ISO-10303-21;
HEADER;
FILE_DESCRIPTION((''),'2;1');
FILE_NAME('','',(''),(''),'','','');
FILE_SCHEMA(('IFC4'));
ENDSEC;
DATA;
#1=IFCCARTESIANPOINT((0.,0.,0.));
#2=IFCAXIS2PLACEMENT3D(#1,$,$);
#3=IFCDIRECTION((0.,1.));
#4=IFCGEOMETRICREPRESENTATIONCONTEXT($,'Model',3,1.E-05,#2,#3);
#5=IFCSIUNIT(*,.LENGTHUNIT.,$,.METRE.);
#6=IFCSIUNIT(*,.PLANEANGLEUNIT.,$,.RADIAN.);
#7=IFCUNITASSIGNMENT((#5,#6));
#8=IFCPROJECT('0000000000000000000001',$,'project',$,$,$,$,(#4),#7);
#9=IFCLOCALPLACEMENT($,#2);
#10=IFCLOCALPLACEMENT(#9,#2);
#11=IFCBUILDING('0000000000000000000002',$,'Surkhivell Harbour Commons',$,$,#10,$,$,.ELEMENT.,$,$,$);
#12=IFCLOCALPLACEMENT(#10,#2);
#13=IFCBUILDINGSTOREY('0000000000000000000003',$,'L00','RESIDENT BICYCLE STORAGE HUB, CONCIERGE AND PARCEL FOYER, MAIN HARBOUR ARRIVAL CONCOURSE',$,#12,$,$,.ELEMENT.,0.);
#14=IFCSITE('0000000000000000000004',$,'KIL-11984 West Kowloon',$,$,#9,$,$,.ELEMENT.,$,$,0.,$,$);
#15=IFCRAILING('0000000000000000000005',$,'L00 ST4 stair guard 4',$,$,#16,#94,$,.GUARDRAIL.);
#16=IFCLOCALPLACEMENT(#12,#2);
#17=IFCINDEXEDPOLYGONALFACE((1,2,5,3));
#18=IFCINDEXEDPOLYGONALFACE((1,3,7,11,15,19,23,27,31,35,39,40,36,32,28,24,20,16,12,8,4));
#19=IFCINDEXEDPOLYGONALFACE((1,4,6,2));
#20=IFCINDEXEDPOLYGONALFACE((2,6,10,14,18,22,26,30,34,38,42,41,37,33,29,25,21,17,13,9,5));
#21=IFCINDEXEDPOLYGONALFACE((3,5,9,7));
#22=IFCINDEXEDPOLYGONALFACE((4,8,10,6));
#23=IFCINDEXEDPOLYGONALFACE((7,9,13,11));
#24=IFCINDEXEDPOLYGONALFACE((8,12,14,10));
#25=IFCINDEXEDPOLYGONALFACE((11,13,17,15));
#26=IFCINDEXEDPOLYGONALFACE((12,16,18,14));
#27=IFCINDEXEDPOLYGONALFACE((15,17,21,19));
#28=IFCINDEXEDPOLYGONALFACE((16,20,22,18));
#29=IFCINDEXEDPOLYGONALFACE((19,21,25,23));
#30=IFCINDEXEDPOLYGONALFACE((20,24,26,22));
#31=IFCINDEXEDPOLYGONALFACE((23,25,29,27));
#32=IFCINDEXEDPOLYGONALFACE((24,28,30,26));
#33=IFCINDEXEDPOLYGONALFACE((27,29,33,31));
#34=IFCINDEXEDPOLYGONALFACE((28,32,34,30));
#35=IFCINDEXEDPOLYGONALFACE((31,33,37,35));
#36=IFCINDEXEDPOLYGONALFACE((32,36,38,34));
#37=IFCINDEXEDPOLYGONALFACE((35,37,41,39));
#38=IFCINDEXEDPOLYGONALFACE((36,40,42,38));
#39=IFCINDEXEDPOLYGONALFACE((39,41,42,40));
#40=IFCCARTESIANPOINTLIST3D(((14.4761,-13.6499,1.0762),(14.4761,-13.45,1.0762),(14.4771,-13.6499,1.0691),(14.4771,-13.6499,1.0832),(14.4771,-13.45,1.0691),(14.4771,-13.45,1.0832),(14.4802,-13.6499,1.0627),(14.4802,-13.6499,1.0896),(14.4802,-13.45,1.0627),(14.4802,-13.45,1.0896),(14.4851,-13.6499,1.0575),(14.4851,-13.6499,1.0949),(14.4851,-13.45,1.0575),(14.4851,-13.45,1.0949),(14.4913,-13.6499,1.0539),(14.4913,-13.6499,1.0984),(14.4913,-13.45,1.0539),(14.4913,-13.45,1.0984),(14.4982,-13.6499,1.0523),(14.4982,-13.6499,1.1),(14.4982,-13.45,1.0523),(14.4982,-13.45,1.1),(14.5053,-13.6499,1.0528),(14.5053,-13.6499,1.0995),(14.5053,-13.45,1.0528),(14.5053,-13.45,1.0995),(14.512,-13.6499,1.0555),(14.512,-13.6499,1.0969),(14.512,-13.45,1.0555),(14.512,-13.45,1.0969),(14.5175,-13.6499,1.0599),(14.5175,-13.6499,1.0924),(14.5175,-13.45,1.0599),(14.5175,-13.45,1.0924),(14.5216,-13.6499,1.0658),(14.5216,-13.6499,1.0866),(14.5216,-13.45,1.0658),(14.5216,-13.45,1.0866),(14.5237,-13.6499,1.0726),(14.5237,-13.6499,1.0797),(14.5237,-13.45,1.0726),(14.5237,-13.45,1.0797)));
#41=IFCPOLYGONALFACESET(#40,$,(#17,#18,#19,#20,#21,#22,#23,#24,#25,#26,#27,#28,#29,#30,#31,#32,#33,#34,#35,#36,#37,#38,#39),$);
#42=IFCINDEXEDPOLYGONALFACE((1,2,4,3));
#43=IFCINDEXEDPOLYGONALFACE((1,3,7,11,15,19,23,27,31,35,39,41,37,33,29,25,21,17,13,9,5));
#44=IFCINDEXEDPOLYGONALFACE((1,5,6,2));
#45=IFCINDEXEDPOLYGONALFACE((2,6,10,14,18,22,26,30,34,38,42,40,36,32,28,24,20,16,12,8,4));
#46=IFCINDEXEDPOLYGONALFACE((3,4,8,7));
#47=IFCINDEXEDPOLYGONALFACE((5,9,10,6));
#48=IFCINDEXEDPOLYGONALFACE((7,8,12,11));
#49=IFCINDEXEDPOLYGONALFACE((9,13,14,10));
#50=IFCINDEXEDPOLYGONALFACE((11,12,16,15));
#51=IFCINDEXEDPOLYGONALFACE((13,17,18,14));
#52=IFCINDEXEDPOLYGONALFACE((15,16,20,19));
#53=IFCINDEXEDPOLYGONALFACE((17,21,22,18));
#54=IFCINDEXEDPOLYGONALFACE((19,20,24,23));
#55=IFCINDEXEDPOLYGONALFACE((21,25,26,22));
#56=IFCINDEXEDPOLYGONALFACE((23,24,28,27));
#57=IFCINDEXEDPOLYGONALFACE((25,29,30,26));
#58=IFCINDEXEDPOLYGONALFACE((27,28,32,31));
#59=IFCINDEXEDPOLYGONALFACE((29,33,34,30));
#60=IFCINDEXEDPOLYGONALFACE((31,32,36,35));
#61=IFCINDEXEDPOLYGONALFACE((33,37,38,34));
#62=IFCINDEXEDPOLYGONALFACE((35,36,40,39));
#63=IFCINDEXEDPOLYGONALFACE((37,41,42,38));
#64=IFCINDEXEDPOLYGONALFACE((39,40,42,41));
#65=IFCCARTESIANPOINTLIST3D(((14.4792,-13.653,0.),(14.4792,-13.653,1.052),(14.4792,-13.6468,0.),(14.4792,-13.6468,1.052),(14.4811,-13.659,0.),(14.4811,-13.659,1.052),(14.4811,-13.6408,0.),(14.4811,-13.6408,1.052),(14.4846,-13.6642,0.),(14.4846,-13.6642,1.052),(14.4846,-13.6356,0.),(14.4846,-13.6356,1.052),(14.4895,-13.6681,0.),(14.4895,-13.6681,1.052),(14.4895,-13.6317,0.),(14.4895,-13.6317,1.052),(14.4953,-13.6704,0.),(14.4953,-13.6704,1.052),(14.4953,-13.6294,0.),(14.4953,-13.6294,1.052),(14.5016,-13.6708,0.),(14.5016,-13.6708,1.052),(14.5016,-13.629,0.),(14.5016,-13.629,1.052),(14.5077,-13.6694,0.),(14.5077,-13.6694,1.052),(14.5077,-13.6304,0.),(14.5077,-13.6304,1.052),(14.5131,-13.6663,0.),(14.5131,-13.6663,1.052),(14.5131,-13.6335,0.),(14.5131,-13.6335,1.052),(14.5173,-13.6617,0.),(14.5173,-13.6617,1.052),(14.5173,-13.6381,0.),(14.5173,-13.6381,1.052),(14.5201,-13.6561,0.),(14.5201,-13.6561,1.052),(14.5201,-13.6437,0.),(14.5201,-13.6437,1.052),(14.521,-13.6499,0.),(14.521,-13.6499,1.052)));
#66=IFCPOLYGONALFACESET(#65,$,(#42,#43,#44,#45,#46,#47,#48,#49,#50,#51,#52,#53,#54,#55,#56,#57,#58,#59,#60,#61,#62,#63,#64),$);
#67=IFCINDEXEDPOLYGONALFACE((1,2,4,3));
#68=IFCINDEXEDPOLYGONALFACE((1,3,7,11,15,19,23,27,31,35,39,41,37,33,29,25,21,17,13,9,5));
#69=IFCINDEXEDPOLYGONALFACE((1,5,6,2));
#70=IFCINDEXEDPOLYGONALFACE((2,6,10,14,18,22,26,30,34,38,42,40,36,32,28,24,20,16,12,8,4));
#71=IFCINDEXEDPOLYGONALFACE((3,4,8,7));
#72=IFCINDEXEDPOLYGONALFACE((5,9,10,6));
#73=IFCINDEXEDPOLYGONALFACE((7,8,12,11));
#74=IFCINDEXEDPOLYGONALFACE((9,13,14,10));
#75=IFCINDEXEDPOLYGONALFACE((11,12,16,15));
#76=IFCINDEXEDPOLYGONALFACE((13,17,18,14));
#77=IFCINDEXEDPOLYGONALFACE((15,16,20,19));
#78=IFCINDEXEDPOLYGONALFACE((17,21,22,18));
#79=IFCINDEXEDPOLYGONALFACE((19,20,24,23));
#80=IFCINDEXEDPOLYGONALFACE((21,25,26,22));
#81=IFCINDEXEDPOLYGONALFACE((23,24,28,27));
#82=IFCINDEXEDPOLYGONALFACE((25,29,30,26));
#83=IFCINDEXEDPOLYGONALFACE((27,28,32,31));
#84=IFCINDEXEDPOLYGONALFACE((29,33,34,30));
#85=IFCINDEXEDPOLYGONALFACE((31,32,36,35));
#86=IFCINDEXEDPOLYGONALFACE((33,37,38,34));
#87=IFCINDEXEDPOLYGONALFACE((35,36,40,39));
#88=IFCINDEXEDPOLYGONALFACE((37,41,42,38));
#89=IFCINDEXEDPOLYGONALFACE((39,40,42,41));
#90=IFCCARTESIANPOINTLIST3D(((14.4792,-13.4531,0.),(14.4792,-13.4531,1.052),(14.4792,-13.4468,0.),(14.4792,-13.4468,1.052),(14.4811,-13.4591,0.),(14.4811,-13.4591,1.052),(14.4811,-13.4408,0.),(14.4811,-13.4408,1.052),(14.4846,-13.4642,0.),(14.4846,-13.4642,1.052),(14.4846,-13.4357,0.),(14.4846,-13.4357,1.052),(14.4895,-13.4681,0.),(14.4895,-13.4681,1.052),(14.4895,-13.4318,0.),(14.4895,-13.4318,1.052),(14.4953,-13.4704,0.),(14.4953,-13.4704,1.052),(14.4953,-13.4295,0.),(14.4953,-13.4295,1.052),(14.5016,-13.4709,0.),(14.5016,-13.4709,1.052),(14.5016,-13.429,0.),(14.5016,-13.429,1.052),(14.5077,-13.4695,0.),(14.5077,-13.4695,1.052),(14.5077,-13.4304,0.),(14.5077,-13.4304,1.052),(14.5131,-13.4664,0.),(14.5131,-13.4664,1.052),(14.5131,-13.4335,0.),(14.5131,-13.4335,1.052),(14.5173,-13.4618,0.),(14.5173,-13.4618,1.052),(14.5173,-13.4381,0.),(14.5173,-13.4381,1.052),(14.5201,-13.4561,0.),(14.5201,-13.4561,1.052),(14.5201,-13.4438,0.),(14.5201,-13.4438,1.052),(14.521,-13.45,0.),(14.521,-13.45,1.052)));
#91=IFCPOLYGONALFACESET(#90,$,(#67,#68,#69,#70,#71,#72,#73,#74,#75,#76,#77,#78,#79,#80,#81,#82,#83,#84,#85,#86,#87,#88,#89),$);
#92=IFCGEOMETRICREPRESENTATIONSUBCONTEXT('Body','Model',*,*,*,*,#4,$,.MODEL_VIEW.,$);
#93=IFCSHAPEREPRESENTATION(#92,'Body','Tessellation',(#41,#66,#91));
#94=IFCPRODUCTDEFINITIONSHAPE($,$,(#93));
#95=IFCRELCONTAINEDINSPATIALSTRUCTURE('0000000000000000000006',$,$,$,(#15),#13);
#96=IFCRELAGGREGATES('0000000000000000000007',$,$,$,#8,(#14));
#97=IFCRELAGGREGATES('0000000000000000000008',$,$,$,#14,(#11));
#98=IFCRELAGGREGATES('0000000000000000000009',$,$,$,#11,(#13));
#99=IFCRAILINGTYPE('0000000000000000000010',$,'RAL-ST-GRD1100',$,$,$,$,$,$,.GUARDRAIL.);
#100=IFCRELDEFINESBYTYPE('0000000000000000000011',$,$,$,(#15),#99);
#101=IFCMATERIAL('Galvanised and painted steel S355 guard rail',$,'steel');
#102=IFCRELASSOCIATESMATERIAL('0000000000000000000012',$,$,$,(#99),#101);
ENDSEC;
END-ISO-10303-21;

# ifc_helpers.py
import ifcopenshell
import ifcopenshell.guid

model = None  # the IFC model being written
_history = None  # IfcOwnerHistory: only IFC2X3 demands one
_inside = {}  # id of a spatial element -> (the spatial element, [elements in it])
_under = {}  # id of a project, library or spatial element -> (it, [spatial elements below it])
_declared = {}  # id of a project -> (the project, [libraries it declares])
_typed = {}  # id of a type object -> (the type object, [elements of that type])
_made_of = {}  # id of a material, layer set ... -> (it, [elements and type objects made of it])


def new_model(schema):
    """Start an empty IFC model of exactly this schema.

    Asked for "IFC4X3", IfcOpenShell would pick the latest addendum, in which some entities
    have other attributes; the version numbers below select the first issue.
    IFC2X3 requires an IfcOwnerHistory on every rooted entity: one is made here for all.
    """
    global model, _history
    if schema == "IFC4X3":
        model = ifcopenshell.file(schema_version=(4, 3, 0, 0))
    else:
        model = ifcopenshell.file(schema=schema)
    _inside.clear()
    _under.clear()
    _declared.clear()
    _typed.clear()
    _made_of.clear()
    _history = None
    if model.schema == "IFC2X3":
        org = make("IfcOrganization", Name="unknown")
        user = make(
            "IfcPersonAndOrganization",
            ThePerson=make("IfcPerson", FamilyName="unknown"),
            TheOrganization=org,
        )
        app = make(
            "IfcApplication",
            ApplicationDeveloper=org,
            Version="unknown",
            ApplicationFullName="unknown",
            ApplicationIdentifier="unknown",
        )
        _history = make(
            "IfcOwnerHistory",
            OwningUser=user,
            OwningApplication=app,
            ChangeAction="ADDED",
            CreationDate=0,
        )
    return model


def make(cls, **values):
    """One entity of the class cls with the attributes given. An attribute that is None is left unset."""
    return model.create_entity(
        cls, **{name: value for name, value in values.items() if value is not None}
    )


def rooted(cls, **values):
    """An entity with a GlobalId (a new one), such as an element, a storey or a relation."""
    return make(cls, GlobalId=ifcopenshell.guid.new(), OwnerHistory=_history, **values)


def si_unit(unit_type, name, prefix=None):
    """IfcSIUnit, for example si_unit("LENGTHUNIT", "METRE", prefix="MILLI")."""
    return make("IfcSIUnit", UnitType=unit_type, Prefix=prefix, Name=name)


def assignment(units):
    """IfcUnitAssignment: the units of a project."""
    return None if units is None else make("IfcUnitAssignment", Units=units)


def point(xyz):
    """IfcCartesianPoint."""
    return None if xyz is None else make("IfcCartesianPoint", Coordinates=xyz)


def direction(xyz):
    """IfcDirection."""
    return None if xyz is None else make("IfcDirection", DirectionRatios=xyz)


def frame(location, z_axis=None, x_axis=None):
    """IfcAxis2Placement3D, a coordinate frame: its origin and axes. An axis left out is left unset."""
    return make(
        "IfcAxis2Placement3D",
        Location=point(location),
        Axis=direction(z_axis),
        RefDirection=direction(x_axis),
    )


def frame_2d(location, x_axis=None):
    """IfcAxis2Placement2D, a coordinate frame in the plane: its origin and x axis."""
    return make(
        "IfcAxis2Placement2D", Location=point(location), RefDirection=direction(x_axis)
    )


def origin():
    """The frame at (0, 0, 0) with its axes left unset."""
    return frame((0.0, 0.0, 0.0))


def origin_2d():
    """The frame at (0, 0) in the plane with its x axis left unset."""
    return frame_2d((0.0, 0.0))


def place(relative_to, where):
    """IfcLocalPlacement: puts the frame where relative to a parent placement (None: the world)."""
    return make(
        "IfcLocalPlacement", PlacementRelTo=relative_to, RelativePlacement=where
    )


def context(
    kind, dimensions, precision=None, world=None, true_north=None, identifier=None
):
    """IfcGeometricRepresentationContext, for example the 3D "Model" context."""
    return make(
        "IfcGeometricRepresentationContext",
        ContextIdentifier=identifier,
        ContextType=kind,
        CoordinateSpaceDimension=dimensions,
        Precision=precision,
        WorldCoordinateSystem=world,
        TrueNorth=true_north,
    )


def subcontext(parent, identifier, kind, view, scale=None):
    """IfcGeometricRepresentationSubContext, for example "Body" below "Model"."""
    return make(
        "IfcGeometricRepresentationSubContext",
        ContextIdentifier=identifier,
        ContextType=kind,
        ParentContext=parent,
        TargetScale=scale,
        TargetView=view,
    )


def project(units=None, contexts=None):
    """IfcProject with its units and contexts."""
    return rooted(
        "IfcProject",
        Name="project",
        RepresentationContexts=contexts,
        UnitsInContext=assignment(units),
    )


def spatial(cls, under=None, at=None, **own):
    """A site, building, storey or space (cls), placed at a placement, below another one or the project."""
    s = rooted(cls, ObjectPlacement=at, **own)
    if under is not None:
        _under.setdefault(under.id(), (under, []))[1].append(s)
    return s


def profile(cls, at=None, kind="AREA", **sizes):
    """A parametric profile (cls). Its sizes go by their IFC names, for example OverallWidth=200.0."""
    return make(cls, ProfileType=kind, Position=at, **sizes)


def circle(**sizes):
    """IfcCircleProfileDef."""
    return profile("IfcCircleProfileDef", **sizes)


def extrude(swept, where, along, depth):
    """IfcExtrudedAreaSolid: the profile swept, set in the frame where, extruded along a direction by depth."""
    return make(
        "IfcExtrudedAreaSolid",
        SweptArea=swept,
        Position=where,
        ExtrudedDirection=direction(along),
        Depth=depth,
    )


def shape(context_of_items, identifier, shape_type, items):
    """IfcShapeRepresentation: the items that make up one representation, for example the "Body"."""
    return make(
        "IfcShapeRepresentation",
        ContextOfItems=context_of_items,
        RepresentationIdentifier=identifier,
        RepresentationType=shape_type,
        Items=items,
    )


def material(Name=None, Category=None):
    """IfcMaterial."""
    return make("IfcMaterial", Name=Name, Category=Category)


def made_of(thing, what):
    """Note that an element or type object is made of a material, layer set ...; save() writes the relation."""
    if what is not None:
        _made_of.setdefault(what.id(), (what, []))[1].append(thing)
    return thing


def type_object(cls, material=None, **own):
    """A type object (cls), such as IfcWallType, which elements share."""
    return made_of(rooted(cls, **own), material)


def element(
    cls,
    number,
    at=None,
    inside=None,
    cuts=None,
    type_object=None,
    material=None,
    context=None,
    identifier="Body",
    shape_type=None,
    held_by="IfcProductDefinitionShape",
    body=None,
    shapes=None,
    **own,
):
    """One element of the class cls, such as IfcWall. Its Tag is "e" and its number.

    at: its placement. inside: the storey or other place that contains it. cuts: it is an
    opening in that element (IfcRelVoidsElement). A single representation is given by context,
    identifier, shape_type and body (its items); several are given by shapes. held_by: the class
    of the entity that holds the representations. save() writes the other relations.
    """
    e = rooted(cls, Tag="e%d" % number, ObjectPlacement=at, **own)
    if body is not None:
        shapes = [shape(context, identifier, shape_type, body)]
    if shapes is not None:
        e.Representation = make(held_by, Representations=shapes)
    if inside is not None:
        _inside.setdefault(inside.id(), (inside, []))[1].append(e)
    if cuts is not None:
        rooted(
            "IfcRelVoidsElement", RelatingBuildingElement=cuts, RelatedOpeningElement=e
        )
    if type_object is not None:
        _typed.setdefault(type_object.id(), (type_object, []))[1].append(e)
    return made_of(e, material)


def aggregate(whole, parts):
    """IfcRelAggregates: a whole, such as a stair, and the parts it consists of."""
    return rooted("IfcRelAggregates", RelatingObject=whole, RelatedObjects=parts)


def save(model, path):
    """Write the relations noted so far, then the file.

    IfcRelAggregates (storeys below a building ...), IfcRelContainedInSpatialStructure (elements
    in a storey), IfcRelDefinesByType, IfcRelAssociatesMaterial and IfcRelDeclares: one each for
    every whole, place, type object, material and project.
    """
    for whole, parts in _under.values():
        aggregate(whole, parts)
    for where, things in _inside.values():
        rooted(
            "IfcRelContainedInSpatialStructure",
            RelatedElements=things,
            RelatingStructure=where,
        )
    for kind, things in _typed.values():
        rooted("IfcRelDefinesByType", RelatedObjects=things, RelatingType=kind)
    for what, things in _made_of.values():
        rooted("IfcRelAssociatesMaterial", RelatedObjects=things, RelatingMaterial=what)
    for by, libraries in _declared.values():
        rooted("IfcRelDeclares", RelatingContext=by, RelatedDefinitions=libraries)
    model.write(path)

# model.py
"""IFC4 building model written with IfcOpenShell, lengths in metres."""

from ifc_helpers import new_model, si_unit, direction, frame, origin, origin_2d, place, context, subcontext, project, spatial, circle, extrude, material, type_object, element, save


model = new_model("IFC4")

# Units and contexts
model_context = context("Model", 3, precision=1e-05, world=origin(), true_north=direction((0.0, 1.0)))
body_context = subcontext(model_context, "Body", "Model", "MODEL_VIEW")
ifc_project = project(units=[si_unit("LENGTHUNIT", "METRE"), si_unit("PLANEANGLEUNIT", "RADIAN")], contexts=[model_context])

# Site, building, storey
site_placement = place(None, origin())
site = spatial("IfcSite", under=ifc_project, at=site_placement, Name="KIL-11984 West Kowloon", CompositionType="ELEMENT", RefElevation=0.0)
building_placement = place(site_placement, origin())
building = spatial("IfcBuilding", under=site, at=building_placement, Name="Surkhivell Harbour Commons", CompositionType="ELEMENT")
storey_placement = place(building_placement, origin())
storey = spatial("IfcBuildingStorey", under=building, at=storey_placement, Name="L00", Description="RESIDENT BICYCLE STORAGE HUB, CONCIERGE AND PARCEL FOYER, MAIN HARBOUR ARRIVAL CONCOURSE", CompositionType="ELEMENT", Elevation=0.0)

# Railing
ifc_material_1 = material(Name="Galvanised and painted steel S355 guard rail", Category="steel")
railing_type_1 = type_object("IfcRailingType", Name="RAL-ST-GRD1100", PredefinedType="GUARDRAIL", material=ifc_material_1)
railing_1_placement = place(storey_placement, frame((14.5, -13.6499, 0.0)))
element("IfcRailing", 1, at=railing_1_placement, inside=storey, type_object=railing_type_1, Name="L00 ST4 stair guard 4", PredefinedType="GUARDRAIL", context=body_context, shape_type="SweptSolid", body=[
    extrude(circle(Radius=0.0239, at=origin_2d()), frame((0.0, 0.0, 1.0762), z_axis=(0.0, 1.0, 0.0), x_axis=(-1.0, 0.0, 0.0)), (0.0, 0.0, 1.0), 0.2),
    extrude(circle(Radius=0.021, at=origin_2d()), origin(), (0.0, 0.0, 1.0), 1.052),
    extrude(circle(Radius=0.021, at=origin_2d()), frame((0.0, 0.2, 0.0)), (0.0, 0.0, 1.0), 1.052),
])

save(model, "model.ifc")
